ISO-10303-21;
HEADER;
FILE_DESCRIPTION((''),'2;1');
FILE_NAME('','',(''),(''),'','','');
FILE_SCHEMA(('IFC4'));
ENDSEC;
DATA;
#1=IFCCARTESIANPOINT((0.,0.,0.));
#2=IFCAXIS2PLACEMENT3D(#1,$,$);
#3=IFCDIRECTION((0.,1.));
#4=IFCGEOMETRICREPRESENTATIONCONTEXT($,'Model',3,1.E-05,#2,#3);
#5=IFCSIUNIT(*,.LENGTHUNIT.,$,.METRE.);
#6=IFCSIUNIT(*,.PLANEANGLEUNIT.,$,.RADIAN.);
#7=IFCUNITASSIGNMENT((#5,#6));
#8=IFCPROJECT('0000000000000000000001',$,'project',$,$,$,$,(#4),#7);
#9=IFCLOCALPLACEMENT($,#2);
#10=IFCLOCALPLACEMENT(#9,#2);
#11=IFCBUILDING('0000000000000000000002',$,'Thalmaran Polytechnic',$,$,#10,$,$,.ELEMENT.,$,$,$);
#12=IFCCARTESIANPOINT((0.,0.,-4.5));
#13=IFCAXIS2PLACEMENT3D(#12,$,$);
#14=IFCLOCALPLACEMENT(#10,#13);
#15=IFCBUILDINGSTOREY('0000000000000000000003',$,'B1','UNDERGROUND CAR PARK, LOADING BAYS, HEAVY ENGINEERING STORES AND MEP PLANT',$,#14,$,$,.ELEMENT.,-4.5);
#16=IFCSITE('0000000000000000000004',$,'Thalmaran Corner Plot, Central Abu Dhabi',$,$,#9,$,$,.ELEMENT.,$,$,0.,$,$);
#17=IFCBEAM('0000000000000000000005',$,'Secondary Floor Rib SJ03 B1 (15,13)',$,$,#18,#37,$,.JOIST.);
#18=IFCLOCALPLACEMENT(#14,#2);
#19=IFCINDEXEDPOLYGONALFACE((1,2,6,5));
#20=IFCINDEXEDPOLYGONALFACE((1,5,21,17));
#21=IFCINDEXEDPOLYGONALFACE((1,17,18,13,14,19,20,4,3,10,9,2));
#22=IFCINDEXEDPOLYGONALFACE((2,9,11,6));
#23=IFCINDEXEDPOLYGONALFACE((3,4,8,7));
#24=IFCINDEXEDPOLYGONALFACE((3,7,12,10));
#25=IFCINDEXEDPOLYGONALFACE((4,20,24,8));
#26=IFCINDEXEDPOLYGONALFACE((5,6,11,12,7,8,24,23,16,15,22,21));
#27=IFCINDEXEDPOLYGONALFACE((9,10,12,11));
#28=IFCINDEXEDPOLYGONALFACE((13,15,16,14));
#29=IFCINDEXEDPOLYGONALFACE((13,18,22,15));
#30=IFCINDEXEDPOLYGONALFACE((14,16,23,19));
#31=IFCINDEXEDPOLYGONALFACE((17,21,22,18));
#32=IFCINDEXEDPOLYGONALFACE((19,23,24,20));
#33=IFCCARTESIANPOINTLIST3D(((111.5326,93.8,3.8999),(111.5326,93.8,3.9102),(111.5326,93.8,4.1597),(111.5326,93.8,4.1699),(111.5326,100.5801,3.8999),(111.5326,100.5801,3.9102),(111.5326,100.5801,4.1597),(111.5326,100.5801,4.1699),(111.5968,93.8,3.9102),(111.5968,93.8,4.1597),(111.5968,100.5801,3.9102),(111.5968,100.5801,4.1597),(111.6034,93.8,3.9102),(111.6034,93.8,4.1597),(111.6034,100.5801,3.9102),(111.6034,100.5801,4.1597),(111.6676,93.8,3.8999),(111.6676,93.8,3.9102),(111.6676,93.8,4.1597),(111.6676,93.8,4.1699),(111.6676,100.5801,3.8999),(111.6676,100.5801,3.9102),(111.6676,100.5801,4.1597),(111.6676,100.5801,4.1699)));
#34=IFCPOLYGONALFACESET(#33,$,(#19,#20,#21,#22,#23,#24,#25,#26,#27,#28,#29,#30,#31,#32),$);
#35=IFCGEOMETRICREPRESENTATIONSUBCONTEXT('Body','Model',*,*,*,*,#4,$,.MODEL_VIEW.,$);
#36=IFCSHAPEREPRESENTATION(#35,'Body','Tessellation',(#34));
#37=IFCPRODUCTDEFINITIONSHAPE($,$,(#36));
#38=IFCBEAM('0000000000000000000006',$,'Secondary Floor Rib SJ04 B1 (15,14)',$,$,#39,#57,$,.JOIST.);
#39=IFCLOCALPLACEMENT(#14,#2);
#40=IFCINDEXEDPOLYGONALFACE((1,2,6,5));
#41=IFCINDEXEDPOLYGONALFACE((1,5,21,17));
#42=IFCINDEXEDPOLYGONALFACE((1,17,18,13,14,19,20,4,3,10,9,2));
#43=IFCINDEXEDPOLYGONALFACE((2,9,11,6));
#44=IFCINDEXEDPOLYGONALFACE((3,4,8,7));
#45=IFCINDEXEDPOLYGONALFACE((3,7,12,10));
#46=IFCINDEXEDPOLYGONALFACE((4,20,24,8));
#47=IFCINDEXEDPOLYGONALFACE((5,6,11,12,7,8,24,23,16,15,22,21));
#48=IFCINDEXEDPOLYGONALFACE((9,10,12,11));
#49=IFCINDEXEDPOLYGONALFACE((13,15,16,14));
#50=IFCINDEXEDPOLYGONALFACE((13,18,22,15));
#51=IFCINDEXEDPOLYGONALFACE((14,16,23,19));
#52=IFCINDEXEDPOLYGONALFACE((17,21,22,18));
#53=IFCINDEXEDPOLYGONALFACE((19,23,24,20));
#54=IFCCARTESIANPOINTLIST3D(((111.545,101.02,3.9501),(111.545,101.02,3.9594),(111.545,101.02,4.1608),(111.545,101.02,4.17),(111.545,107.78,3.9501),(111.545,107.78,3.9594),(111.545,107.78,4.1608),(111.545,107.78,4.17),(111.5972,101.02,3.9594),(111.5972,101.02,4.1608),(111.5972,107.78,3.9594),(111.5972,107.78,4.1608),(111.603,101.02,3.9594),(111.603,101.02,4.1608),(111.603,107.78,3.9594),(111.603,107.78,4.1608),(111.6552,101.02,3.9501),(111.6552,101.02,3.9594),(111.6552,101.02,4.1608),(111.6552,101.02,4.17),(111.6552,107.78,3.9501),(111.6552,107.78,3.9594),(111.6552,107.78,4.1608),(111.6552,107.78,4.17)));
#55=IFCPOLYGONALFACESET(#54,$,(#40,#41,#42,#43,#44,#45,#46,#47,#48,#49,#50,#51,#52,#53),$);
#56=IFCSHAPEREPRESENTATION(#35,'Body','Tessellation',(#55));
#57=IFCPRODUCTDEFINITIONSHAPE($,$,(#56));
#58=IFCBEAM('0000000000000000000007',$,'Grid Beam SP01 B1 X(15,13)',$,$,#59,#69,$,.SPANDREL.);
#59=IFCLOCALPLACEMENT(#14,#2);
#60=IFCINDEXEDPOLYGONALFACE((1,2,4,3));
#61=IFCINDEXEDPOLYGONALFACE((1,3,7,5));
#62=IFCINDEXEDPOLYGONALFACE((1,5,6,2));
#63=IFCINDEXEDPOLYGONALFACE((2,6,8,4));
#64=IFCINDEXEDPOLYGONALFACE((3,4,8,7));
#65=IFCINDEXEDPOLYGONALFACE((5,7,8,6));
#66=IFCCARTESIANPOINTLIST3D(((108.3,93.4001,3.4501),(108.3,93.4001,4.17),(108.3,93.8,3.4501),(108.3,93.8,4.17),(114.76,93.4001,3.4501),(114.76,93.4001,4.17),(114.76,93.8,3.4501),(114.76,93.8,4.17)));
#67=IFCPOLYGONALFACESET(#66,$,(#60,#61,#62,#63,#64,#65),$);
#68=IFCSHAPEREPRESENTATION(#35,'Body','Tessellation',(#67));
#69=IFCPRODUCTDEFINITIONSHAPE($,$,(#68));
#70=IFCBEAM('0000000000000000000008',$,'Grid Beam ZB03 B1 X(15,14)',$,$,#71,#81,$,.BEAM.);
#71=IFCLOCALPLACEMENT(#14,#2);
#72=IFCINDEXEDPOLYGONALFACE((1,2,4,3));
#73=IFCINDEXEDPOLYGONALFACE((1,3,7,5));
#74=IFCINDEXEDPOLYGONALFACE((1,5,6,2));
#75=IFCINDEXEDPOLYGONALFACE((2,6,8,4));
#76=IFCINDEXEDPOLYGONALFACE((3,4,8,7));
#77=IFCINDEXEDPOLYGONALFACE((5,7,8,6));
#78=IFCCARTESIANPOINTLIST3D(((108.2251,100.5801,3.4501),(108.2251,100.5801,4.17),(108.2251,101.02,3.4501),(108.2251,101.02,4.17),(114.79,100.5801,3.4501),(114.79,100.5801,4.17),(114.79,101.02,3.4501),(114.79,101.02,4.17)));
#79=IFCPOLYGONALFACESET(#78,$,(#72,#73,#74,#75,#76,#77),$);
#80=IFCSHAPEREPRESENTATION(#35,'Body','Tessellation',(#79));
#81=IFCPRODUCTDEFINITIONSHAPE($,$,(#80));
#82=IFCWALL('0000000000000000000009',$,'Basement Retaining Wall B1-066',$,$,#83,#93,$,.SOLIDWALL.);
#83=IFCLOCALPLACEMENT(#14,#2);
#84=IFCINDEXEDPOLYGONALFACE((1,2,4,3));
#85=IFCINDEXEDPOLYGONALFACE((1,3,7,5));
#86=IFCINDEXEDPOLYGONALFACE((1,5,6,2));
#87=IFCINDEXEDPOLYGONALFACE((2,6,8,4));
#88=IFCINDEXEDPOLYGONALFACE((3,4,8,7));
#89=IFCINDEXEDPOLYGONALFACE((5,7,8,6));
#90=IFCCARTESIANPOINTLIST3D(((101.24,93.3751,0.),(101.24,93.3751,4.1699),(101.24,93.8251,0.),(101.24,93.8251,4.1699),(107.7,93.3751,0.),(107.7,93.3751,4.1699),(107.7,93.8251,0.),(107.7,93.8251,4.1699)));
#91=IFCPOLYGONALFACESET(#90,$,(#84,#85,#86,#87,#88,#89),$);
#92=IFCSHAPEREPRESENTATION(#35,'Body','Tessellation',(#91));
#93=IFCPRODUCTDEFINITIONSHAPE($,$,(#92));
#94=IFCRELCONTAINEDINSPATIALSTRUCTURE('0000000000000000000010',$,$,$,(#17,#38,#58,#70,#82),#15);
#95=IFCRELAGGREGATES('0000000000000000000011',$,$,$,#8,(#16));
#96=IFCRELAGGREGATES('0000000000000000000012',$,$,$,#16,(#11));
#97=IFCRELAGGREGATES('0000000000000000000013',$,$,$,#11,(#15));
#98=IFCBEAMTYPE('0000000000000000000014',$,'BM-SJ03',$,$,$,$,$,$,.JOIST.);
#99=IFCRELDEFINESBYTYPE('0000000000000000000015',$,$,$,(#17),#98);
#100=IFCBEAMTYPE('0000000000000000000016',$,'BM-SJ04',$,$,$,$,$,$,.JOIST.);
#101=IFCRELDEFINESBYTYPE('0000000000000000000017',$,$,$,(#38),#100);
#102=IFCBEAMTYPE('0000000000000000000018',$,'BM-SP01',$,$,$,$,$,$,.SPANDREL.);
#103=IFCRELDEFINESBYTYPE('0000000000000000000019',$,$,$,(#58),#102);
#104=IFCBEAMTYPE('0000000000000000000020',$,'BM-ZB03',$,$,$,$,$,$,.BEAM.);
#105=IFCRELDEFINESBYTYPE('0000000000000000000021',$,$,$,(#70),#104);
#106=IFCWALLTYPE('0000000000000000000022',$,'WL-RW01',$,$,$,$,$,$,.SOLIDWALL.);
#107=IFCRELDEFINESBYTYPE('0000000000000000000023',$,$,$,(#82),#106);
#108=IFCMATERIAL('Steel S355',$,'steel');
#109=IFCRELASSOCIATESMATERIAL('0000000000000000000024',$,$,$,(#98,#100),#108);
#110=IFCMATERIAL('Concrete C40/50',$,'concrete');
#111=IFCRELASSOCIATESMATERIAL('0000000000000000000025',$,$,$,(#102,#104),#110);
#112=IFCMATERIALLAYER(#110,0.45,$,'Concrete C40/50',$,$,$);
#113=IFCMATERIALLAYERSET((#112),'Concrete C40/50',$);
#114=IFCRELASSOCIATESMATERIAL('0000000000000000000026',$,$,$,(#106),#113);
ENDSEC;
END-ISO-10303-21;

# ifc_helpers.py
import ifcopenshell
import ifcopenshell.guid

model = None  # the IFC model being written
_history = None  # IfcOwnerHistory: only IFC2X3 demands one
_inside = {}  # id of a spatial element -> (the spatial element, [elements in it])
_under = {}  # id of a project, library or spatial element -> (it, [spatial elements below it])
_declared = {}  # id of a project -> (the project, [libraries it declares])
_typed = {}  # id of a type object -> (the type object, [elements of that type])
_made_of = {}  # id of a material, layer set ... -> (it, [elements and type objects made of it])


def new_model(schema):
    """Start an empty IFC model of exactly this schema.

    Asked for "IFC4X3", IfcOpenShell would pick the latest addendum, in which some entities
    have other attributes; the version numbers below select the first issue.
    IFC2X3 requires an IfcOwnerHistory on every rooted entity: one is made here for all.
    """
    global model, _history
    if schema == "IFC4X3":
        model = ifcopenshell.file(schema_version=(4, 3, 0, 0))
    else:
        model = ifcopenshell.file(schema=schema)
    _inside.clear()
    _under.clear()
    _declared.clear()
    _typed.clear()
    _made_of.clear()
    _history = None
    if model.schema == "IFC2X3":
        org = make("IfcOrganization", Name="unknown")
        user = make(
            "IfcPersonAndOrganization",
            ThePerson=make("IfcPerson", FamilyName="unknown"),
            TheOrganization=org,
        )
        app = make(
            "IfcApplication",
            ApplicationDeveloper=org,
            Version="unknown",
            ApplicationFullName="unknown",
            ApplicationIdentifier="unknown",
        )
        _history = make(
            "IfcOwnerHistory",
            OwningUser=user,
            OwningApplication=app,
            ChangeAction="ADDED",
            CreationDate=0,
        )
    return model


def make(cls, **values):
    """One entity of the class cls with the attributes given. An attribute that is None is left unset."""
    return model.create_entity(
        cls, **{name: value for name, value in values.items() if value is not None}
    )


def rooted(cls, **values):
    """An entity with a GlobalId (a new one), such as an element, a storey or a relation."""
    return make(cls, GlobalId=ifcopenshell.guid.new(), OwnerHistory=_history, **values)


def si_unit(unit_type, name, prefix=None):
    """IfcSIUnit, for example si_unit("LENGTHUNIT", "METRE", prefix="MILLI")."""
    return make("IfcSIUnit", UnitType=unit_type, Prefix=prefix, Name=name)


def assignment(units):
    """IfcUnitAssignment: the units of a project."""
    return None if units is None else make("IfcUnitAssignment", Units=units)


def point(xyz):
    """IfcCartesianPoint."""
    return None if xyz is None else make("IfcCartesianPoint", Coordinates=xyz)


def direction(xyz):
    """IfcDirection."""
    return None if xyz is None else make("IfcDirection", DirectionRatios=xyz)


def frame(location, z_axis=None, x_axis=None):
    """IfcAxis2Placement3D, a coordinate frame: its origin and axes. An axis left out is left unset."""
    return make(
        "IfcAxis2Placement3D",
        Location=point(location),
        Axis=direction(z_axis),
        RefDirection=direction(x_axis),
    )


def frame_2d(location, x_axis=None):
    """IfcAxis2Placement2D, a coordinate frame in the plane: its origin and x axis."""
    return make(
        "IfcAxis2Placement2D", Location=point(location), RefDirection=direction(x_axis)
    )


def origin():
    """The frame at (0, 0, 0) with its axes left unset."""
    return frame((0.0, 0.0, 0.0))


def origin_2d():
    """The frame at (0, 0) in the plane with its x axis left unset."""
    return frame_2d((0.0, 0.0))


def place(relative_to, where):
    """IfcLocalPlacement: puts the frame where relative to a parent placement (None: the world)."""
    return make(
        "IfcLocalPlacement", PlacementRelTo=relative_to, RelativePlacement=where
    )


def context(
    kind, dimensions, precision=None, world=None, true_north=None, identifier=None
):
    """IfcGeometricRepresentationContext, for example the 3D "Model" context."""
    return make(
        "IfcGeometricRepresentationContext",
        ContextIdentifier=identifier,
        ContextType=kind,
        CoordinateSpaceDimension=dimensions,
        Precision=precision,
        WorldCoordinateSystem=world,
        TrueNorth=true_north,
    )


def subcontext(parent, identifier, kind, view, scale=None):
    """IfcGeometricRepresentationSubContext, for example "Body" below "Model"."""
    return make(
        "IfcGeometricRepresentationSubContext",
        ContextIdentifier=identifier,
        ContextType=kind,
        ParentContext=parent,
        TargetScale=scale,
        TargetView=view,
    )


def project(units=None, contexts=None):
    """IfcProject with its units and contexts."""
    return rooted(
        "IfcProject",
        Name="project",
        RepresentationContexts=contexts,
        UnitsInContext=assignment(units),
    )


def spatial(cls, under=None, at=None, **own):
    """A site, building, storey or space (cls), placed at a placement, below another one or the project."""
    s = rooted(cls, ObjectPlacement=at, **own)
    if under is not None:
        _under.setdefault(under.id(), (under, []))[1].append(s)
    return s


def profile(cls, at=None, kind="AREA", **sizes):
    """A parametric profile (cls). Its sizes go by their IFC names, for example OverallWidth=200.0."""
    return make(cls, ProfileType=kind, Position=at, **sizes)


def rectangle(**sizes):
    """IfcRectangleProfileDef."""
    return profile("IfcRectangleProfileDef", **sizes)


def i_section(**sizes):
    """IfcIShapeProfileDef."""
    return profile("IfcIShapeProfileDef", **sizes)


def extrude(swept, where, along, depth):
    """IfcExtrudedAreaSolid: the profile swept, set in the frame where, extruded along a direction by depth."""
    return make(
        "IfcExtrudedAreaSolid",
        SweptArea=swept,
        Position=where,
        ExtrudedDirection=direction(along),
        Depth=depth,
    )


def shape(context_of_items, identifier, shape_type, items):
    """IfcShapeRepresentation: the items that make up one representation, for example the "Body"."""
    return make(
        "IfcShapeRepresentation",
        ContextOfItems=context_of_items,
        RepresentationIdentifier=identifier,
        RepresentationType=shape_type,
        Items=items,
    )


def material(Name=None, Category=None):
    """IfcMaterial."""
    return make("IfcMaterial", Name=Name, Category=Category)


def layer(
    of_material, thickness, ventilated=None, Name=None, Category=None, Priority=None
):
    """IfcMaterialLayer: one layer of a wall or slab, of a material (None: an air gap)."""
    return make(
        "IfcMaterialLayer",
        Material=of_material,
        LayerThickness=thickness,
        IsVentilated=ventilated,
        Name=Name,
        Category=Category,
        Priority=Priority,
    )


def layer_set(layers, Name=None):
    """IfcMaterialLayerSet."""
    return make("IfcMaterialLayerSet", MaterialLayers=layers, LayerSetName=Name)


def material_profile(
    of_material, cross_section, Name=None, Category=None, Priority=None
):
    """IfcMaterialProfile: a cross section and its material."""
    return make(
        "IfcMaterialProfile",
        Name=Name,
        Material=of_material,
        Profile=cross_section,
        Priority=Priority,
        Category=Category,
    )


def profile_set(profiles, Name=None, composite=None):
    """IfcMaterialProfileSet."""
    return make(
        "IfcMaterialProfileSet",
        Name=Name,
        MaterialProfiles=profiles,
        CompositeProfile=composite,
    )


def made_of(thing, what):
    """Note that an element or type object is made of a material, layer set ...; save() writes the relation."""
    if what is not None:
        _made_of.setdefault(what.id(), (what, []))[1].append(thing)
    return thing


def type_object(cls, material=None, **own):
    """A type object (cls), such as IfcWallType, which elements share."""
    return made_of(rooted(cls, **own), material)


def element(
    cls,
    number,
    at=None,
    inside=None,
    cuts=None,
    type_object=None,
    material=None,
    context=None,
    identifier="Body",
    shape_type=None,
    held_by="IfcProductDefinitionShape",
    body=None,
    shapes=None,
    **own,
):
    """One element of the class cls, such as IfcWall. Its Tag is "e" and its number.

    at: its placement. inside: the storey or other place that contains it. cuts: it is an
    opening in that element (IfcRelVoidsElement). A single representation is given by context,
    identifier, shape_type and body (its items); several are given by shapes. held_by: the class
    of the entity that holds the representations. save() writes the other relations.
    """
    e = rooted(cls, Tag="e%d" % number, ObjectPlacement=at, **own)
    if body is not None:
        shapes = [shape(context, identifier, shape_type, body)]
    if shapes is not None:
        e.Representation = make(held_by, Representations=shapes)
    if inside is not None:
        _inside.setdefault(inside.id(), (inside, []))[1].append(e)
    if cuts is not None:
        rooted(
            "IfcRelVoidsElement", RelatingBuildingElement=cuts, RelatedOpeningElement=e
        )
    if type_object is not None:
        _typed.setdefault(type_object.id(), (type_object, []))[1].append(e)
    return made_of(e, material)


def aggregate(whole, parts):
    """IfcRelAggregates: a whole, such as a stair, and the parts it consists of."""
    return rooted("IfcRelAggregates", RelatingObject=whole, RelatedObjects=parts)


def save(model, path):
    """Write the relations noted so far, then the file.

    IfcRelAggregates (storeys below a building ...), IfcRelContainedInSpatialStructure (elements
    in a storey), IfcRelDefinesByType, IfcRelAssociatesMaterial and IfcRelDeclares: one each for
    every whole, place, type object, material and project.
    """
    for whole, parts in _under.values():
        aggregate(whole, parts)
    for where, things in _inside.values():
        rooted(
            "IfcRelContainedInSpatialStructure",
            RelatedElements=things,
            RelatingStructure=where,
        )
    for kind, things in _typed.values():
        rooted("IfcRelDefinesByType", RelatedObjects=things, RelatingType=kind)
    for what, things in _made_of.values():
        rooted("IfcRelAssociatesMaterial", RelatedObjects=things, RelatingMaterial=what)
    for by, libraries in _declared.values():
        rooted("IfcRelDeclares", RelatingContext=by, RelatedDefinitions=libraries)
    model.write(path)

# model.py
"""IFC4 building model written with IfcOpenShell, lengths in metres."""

from ifc_helpers import new_model, si_unit, direction, frame, frame_2d, origin, origin_2d, place, context, subcontext, project, spatial, rectangle, i_section, extrude, material, layer, layer_set, material_profile, profile_set, type_object, element, save


model = new_model("IFC4")

# Units and contexts
model_context = context("Model", 3, precision=1e-05, world=origin(), true_north=direction((0.0, 1.0)))
body_context = subcontext(model_context, "Body", "Model", "MODEL_VIEW")
ifc_project = project(units=[si_unit("LENGTHUNIT", "METRE"), si_unit("PLANEANGLEUNIT", "RADIAN")], contexts=[model_context])

# Site, building, storey
site_placement = place(None, origin())
site = spatial("IfcSite", under=ifc_project, at=site_placement, Name="Thalmaran Corner Plot, Central Abu Dhabi", CompositionType="ELEMENT", RefElevation=0.0)
building_placement = place(site_placement, origin())
building = spatial("IfcBuilding", under=site, at=building_placement, Name="Thalmaran Polytechnic", CompositionType="ELEMENT")
storey_placement = place(building_placement, frame((0.0, 0.0, -4.5)))
storey = spatial("IfcBuildingStorey", under=building, at=storey_placement, Name="B1", Description="UNDERGROUND CAR PARK, LOADING BAYS, HEAVY ENGINEERING STORES AND MEP PLANT", CompositionType="ELEMENT", Elevation=-4.5)

# Shared definitions
ifc_material_1 = material(Name="Concrete C40/50", Category="concrete")

# Beams
ifc_material_2 = material(Name="Steel S355", Category="steel")
ifc_material_profile_1 = material_profile(ifc_material_2, i_section(OverallWidth=0.135, OverallDepth=0.27, WebThickness=0.0066, FlangeThickness=0.0103, at=origin_2d()), Name="IPE 270")
ifc_profile_set_1 = profile_set([ifc_material_profile_1], Name="Steel S355")
beam_type_1 = type_object("IfcBeamType", Name="BM-SJ03", PredefinedType="JOIST", material=ifc_profile_set_1)
beam_1_placement = place(storey_placement, frame((111.6001, 93.8, 4.0349), z_axis=(0.0, 1.0, 0.0), x_axis=(-1.0, 0.0, 0.0)))
element("IfcBeam", 1, at=beam_1_placement, inside=storey, type_object=beam_type_1, Name="Secondary Floor Rib SJ03 B1 (15,13)", PredefinedType="JOIST", context=body_context, shape_type="SweptSolid", body=[
    extrude(i_section(OverallWidth=0.135, OverallDepth=0.27, WebThickness=0.0066, FlangeThickness=0.0103, at=origin_2d()), origin(), (0.0, 0.0, 1.0), 6.78),
])
ifc_material_profile_2 = material_profile(ifc_material_2, i_section(OverallWidth=0.1101, OverallDepth=0.22, WebThickness=0.0059, FlangeThickness=0.0093, at=origin_2d()), Name="IPE 220")
ifc_profile_set_2 = profile_set([ifc_material_profile_2], Name="Steel S355")
beam_type_2 = type_object("IfcBeamType", Name="BM-SJ04", PredefinedType="JOIST", material=ifc_profile_set_2)
beam_2_placement = place(storey_placement, frame((111.6001, 101.02, 4.0601), z_axis=(0.0, 1.0, 0.0), x_axis=(-1.0, 0.0, 0.0)))
element("IfcBeam", 2, at=beam_2_placement, inside=storey, type_object=beam_type_2, Name="Secondary Floor Rib SJ04 B1 (15,14)", PredefinedType="JOIST", context=body_context, shape_type="SweptSolid", body=[
    extrude(i_section(OverallWidth=0.1101, OverallDepth=0.22, WebThickness=0.0059, FlangeThickness=0.0093, at=origin_2d()), origin(), (0.0, 0.0, 1.0), 6.76),
])
ifc_material_profile_3 = material_profile(ifc_material_1, rectangle(XDim=0.3999, YDim=0.72, at=origin_2d()), Name="RC 400x720")
ifc_profile_set_3 = profile_set([ifc_material_profile_3], Name="Concrete C40/50")
beam_type_3 = type_object("IfcBeamType", Name="BM-SP01", PredefinedType="SPANDREL", material=ifc_profile_set_3)
beam_3_placement = place(storey_placement, frame((108.3, 93.6001, 3.8101), z_axis=(1.0, 0.0, 0.0), x_axis=(0.0, 1.0, 0.0)))
element("IfcBeam", 3, at=beam_3_placement, inside=storey, type_object=beam_type_3, Name="Grid Beam SP01 B1 X(15,13)", PredefinedType="SPANDREL", context=body_context, shape_type="SweptSolid", body=[
    extrude(rectangle(XDim=0.3999, YDim=0.72, at=origin_2d()), origin(), (0.0, 0.0, 1.0), 6.46),
])
ifc_material_profile_4 = material_profile(ifc_material_1, rectangle(XDim=0.4399, YDim=0.72, at=origin_2d()), Name="RC 440x720")
ifc_profile_set_4 = profile_set([ifc_material_profile_4], Name="Concrete C40/50")
beam_type_4 = type_object("IfcBeamType", Name="BM-ZB03", PredefinedType="BEAM", material=ifc_profile_set_4)
beam_4_placement = place(storey_placement, frame((108.2251, 100.8, 3.8101), z_axis=(1.0, 0.0, 0.0), x_axis=(0.0, 1.0, 0.0)))
element("IfcBeam", 4, at=beam_4_placement, inside=storey, type_object=beam_type_4, Name="Grid Beam ZB03 B1 X(15,14)", PredefinedType="BEAM", context=body_context, shape_type="SweptSolid", body=[
    extrude(rectangle(XDim=0.4399, YDim=0.72, at=origin_2d()), origin(), (0.0, 0.0, 1.0), 6.5649),
])

# Wall
ifc_layer = layer(ifc_material_1, 0.45, Name="Concrete C40/50")
ifc_layer_set = layer_set([ifc_layer], Name="Concrete C40/50")
wall_type = type_object("IfcWallType", Name="WL-RW01", PredefinedType="SOLIDWALL", material=ifc_layer_set)
wall_placement = place(storey_placement, frame((107.7, 93.6001, 0.0), z_axis=(0.0, 0.0, 1.0), x_axis=(-1.0, 0.0, 0.0)))
element("IfcWall", 5, at=wall_placement, inside=storey, type_object=wall_type, Name="Basement Retaining Wall B1-066", PredefinedType="SOLIDWALL", context=body_context, shape_type="SweptSolid", body=[
    extrude(rectangle(XDim=6.46, YDim=0.45, at=frame_2d((3.23, 0.0))), origin(), (0.0, 0.0, 1.0), 4.1699),
])

save(model, "model.ifc")
